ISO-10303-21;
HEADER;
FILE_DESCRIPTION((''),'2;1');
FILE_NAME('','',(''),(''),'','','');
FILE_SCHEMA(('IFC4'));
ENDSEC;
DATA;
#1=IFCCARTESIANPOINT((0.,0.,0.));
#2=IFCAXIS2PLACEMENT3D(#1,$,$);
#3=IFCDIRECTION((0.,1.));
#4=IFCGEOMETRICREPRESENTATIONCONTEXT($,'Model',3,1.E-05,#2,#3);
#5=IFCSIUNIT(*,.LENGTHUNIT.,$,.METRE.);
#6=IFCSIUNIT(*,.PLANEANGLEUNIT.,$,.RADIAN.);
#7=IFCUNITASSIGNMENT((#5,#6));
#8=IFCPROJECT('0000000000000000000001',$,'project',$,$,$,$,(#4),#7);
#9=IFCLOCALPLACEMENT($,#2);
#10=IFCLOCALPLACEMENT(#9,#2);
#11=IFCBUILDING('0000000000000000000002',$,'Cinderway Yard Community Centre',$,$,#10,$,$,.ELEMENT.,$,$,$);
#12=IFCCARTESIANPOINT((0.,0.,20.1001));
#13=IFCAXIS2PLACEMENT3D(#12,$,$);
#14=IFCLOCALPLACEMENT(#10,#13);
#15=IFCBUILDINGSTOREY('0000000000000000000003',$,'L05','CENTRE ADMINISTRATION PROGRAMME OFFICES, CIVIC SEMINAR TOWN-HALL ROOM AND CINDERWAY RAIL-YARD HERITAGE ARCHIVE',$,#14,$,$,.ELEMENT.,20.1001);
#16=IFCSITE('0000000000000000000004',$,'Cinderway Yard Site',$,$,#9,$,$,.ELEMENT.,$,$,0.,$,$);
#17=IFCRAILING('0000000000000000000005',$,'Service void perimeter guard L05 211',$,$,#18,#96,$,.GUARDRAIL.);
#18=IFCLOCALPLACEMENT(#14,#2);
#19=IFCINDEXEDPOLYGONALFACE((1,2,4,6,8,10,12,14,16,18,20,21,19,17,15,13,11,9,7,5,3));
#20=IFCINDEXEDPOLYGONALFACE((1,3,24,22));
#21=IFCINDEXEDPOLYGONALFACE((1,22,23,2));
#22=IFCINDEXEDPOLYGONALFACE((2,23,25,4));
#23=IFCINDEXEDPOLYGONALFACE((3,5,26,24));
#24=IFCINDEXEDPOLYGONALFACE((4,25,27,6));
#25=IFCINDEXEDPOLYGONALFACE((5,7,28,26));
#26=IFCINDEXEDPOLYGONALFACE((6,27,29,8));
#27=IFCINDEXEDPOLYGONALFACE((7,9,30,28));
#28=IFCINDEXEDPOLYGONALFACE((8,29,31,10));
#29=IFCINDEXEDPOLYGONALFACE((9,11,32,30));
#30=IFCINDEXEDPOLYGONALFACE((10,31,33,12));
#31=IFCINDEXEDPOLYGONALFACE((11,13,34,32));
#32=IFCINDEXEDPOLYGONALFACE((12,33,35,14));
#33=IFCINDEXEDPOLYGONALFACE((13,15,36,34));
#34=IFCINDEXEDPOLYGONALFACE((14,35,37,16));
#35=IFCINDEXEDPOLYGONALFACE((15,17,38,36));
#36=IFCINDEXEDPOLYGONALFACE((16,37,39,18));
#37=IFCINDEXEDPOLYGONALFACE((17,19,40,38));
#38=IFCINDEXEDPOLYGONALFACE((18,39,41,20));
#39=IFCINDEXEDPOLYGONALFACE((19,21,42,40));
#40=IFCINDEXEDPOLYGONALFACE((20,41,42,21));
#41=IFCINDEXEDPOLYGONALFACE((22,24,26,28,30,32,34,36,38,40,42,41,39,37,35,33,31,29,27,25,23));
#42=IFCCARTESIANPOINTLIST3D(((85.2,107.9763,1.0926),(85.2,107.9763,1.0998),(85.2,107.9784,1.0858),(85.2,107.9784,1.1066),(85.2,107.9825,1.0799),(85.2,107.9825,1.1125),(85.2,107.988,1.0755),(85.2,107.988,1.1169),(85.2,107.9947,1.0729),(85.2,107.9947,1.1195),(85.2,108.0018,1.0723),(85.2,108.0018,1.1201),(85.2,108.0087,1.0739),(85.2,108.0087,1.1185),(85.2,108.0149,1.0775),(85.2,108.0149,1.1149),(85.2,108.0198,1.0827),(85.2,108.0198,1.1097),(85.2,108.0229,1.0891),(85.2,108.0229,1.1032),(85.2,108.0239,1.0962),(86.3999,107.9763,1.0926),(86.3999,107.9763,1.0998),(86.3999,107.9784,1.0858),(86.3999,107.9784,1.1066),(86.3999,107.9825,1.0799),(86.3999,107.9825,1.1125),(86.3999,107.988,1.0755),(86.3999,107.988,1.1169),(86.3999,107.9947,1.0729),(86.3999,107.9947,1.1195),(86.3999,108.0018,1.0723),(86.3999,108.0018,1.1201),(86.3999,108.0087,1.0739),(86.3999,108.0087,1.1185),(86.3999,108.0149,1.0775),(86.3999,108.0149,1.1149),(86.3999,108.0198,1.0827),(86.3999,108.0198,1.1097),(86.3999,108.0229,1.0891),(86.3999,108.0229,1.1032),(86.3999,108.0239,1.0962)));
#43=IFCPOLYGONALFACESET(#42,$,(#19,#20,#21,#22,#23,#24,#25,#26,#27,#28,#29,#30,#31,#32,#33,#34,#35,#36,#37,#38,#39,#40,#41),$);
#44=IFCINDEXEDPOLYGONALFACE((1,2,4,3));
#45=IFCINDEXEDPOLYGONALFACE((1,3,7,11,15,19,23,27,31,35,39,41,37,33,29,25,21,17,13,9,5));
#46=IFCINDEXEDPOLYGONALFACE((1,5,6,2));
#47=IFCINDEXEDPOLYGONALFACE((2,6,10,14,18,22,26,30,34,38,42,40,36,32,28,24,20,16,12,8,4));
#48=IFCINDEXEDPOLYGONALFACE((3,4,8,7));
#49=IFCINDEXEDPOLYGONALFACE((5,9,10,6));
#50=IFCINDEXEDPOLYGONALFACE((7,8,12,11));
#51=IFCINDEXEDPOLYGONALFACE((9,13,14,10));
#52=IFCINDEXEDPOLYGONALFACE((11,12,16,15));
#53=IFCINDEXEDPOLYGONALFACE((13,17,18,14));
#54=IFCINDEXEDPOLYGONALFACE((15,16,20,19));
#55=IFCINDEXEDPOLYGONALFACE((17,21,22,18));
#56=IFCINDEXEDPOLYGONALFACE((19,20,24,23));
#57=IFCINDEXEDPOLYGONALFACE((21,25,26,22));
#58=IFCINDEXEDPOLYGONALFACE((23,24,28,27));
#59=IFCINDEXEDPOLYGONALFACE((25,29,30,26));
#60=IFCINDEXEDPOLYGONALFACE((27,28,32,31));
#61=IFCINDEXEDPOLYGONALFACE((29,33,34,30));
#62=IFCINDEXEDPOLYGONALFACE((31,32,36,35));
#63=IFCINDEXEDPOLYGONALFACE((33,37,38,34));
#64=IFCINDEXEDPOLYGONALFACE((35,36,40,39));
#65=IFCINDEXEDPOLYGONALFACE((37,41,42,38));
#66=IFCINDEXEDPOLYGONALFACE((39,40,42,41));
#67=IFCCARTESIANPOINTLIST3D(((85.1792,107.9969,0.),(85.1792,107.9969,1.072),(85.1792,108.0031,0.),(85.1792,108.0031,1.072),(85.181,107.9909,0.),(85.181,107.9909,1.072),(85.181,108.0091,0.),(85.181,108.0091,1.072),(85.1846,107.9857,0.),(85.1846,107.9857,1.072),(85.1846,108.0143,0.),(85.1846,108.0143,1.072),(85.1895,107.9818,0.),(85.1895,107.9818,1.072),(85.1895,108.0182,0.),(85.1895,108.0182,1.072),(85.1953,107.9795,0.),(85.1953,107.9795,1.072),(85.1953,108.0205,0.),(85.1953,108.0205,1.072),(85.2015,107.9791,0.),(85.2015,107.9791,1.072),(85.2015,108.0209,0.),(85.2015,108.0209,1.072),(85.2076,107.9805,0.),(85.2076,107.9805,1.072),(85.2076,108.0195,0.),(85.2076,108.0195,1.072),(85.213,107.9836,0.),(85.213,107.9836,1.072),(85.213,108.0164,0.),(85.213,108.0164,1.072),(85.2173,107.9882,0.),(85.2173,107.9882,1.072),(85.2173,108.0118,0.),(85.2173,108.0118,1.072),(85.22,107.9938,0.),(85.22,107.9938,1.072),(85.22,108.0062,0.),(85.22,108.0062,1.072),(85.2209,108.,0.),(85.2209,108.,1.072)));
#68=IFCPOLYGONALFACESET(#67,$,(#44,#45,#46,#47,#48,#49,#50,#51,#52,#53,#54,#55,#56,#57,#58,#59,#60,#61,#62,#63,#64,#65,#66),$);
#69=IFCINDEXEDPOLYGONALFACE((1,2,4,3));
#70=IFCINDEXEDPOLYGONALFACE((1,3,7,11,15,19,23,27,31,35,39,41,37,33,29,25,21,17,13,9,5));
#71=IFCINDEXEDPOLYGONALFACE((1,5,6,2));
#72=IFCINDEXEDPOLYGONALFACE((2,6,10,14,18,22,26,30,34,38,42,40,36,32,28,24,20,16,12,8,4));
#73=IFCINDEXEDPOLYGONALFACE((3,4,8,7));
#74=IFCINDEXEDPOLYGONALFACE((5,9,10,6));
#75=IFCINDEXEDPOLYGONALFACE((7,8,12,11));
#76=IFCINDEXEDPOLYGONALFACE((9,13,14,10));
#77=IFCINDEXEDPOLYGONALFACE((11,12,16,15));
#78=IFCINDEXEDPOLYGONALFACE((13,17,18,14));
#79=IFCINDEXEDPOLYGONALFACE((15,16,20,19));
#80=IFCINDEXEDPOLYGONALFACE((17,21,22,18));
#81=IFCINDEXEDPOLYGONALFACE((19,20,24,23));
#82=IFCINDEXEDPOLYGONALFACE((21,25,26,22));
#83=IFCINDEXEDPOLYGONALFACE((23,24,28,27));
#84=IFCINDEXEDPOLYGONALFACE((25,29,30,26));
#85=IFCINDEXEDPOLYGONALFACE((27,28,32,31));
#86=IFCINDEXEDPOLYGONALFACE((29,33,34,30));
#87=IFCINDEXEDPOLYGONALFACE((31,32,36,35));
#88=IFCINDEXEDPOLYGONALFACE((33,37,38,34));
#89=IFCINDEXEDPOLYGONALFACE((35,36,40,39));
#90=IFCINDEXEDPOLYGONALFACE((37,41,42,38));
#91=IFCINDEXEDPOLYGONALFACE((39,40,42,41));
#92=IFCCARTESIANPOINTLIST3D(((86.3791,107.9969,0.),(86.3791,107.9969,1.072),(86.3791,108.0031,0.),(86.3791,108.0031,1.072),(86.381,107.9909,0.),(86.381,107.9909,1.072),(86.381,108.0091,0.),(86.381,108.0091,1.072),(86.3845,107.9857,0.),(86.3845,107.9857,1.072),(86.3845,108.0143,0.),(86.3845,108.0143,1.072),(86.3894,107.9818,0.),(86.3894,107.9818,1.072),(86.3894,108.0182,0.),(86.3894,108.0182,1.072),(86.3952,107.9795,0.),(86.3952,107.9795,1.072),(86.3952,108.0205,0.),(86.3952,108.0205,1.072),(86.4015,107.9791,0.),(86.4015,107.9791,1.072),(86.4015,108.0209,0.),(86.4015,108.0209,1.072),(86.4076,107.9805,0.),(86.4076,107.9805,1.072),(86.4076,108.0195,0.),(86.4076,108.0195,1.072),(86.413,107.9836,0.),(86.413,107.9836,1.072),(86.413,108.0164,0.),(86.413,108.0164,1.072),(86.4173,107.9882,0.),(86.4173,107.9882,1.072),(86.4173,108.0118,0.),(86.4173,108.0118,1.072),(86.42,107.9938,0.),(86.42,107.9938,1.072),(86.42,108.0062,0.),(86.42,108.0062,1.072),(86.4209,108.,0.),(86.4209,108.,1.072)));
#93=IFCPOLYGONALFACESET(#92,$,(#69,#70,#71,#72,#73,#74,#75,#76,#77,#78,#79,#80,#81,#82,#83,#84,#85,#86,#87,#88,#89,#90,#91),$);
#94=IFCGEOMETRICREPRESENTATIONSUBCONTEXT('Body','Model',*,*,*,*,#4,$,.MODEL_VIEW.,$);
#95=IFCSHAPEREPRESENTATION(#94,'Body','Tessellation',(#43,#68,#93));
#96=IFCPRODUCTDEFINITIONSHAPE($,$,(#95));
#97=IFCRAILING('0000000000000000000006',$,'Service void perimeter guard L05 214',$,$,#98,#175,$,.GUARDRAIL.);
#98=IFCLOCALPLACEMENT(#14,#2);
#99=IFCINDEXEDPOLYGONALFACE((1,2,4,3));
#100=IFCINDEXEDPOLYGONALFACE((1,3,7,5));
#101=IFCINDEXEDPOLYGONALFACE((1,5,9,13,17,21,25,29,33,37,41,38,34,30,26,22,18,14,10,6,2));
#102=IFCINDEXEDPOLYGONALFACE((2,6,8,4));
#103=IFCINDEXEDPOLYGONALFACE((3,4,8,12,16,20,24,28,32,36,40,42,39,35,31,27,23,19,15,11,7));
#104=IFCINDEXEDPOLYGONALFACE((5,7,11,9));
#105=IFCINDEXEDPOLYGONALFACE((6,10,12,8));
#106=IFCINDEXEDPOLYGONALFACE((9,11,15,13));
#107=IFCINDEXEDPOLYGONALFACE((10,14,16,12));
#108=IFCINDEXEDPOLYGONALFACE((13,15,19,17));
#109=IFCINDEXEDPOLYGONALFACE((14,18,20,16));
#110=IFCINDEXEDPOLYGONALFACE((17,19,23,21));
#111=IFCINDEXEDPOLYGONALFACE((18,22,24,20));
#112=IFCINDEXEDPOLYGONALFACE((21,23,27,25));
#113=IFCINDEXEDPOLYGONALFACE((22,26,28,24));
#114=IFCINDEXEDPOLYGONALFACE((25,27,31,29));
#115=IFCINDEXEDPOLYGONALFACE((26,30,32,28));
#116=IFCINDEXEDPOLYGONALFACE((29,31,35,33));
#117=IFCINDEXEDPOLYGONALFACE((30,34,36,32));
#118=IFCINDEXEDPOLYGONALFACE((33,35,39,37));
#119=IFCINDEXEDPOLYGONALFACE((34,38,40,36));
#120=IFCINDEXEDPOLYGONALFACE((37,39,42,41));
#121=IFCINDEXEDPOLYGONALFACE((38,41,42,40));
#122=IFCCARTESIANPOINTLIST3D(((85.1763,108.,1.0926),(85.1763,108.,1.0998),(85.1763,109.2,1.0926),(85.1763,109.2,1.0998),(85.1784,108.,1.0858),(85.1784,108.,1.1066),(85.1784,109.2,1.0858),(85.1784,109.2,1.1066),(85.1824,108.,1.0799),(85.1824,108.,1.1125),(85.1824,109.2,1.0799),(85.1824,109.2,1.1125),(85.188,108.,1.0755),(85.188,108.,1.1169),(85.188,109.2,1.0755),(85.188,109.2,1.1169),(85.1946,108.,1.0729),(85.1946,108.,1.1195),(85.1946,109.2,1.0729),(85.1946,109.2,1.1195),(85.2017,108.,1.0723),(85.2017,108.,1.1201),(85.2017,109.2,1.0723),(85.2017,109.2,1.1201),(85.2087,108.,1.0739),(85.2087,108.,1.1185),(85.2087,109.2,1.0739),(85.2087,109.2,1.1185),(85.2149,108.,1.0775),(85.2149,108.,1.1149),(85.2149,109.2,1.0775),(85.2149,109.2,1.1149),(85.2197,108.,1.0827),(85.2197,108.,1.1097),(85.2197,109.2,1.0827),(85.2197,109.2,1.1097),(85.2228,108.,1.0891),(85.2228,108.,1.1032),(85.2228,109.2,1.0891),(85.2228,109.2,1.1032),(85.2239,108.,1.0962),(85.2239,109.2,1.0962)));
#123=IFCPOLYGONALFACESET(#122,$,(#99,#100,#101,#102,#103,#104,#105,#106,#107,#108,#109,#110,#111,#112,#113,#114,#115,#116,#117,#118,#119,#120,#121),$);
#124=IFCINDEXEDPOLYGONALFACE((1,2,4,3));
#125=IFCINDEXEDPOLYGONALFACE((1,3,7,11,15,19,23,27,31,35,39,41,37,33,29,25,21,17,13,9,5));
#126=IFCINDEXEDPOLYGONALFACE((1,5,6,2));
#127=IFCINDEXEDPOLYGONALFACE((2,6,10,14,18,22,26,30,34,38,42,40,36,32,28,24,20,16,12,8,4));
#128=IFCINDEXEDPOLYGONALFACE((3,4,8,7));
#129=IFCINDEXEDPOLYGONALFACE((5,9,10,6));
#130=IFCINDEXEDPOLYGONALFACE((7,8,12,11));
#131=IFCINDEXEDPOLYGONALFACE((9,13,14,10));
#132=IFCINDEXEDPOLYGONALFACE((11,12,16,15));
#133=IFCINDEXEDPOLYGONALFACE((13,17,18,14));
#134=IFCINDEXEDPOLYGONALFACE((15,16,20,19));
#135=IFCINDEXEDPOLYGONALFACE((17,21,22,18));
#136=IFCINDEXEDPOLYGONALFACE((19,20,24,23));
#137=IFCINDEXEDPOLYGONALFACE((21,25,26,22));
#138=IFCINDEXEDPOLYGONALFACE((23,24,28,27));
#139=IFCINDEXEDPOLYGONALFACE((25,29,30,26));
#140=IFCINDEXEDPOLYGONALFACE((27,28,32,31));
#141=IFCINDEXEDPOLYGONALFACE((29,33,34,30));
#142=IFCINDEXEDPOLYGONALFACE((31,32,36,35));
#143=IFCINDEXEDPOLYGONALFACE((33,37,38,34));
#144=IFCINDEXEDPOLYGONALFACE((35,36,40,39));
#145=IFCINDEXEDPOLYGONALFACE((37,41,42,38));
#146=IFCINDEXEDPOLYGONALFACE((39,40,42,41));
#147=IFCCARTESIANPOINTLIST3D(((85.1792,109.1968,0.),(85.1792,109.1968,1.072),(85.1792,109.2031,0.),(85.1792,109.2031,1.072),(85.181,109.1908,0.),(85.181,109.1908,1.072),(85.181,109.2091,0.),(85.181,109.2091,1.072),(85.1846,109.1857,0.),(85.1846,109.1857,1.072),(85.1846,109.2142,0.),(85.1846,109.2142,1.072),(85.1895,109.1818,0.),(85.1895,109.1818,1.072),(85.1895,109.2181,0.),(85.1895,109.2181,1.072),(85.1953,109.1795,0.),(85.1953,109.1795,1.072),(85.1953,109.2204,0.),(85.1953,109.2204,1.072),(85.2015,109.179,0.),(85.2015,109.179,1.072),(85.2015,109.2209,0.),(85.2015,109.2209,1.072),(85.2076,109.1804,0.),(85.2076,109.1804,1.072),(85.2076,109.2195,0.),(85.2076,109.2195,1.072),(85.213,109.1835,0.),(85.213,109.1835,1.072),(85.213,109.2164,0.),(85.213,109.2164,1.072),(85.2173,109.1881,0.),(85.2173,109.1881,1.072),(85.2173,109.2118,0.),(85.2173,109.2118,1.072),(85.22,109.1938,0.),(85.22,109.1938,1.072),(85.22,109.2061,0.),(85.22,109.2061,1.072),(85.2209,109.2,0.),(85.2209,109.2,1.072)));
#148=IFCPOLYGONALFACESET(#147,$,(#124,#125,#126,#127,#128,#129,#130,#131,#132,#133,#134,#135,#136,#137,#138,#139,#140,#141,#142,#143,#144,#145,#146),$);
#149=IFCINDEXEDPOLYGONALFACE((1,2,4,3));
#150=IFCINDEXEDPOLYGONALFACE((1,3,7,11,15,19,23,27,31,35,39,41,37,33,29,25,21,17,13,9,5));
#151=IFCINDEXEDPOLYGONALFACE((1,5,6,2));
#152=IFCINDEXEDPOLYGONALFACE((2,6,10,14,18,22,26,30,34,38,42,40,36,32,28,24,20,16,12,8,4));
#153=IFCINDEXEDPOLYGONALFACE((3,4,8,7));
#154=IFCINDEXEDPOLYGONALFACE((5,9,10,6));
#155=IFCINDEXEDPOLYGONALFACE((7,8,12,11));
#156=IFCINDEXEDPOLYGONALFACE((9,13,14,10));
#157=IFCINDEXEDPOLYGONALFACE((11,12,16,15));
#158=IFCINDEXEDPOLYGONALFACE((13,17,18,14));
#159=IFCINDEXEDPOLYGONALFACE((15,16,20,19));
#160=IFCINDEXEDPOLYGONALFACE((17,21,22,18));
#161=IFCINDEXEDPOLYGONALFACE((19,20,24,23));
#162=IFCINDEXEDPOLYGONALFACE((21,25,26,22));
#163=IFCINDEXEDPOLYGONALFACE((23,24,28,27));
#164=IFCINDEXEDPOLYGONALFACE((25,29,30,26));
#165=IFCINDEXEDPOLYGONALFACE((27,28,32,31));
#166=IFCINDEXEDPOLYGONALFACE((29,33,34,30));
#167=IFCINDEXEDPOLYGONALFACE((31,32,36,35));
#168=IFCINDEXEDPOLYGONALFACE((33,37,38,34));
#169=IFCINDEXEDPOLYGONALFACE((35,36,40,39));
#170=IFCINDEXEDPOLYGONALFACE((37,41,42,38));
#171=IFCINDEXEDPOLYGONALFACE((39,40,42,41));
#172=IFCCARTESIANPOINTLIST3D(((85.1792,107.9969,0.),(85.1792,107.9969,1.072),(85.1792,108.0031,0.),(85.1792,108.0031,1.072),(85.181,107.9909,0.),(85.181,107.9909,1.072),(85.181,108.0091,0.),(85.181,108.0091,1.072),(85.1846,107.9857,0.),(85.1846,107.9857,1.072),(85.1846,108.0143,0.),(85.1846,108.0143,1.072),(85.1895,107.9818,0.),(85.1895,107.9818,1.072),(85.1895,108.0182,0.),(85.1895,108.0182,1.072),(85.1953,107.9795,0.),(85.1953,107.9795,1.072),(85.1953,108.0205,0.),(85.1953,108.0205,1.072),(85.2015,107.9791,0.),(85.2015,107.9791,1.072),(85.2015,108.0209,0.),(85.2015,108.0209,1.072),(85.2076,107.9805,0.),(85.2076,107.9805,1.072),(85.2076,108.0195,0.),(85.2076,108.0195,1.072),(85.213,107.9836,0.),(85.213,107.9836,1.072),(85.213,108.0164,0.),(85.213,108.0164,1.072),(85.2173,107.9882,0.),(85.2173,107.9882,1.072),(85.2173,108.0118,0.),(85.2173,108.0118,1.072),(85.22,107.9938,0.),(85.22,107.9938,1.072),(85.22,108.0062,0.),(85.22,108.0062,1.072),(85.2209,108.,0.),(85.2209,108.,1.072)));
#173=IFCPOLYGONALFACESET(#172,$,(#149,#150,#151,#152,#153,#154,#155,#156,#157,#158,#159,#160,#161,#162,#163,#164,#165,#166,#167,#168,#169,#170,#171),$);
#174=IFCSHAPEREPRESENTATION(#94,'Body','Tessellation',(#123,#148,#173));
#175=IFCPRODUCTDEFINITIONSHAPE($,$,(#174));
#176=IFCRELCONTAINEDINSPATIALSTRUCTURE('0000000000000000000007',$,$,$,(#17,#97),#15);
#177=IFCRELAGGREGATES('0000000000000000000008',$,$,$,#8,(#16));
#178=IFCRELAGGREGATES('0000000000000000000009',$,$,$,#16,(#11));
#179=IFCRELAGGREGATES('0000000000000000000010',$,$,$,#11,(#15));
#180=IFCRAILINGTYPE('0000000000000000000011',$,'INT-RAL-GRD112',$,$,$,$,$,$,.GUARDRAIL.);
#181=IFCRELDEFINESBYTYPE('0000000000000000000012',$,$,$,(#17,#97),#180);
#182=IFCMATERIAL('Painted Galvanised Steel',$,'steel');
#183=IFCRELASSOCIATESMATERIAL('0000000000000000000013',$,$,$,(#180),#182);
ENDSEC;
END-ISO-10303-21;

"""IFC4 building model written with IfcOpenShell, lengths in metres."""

from ifc_helpers import new_model, si_unit, direction, frame, origin, origin_2d, place, context, subcontext, project, spatial, circle, extrude, material, type_object, element, save


model = new_model("IFC4")

# Units and contexts
model_context = context("Model", 3, precision=1e-05, world=origin(), true_north=direction((0.0, 1.0)))
body_context = subcontext(model_context, "Body", "Model", "MODEL_VIEW")
ifc_project = project(units=[si_unit("LENGTHUNIT", "METRE"), si_unit("PLANEANGLEUNIT", "RADIAN")], contexts=[model_context])

# Site, building, storey
site_placement = place(None, origin())
site = spatial("IfcSite", under=ifc_project, at=site_placement, Name="Cinderway Yard Site", CompositionType="ELEMENT", RefElevation=0.0)
building_placement = place(site_placement, origin())
building = spatial("IfcBuilding", under=site, at=building_placement, Name="Cinderway Yard Community Centre", CompositionType="ELEMENT")
storey_placement = place(building_placement, frame((0.0, 0.0, 20.1001)))
storey = spatial("IfcBuildingStorey", under=building, at=storey_placement, Name="L05", Description="CENTRE ADMINISTRATION PROGRAMME OFFICES, CIVIC SEMINAR TOWN-HALL ROOM AND CINDERWAY RAIL-YARD HERITAGE ARCHIVE", CompositionType="ELEMENT", Elevation=20.1001)

# Shared definitions
ifc_material_1 = material(Name="Painted Galvanised Steel", Category="steel")

# Railings
railing_type = type_object("IfcRailingType", Name="INT-RAL-GRD112", PredefinedType="GUARDRAIL", material=ifc_material_1)
railing_1_placement = place(storey_placement, frame((85.2, 108.0, 0.0)))
element("IfcRailing", 1, at=railing_1_placement, inside=storey, type_object=railing_type, Name="Service void perimeter guard L05 211", PredefinedType="GUARDRAIL", context=body_context, shape_type="SweptSolid", body=[
    extrude(circle(Radius=0.0239, at=origin_2d()), frame((0.0, 0.0, 1.0962), z_axis=(1.0, 0.0, 0.0), x_axis=(0.0, 1.0, 0.0)), (0.0, 0.0, 1.0), 1.2),
    extrude(circle(Radius=0.021, at=origin_2d()), origin(), (0.0, 0.0, 1.0), 1.072),
    extrude(circle(Radius=0.021, at=origin_2d()), frame((1.2, 0.0, 0.0)), (0.0, 0.0, 1.0), 1.072),
])
railing_2_placement = place(storey_placement, frame((85.2, 109.2, 0.0)))
element("IfcRailing", 2, at=railing_2_placement, inside=storey, type_object=railing_type, Name="Service void perimeter guard L05 214", PredefinedType="GUARDRAIL", context=body_context, shape_type="SweptSolid", body=[
    extrude(circle(Radius=0.0239, at=origin_2d()), frame((0.0, 0.0, 1.0962), z_axis=(0.0, -1.0, 0.0), x_axis=(1.0, 0.0, 0.0)), (0.0, 0.0, 1.0), 1.2),
    extrude(circle(Radius=0.021, at=origin_2d()), origin(), (0.0, 0.0, 1.0), 1.072),
    extrude(circle(Radius=0.021, at=origin_2d()), frame((0.0, -1.2, 0.0)), (0.0, 0.0, 1.0), 1.072),
])

save(model, "model.ifc")
